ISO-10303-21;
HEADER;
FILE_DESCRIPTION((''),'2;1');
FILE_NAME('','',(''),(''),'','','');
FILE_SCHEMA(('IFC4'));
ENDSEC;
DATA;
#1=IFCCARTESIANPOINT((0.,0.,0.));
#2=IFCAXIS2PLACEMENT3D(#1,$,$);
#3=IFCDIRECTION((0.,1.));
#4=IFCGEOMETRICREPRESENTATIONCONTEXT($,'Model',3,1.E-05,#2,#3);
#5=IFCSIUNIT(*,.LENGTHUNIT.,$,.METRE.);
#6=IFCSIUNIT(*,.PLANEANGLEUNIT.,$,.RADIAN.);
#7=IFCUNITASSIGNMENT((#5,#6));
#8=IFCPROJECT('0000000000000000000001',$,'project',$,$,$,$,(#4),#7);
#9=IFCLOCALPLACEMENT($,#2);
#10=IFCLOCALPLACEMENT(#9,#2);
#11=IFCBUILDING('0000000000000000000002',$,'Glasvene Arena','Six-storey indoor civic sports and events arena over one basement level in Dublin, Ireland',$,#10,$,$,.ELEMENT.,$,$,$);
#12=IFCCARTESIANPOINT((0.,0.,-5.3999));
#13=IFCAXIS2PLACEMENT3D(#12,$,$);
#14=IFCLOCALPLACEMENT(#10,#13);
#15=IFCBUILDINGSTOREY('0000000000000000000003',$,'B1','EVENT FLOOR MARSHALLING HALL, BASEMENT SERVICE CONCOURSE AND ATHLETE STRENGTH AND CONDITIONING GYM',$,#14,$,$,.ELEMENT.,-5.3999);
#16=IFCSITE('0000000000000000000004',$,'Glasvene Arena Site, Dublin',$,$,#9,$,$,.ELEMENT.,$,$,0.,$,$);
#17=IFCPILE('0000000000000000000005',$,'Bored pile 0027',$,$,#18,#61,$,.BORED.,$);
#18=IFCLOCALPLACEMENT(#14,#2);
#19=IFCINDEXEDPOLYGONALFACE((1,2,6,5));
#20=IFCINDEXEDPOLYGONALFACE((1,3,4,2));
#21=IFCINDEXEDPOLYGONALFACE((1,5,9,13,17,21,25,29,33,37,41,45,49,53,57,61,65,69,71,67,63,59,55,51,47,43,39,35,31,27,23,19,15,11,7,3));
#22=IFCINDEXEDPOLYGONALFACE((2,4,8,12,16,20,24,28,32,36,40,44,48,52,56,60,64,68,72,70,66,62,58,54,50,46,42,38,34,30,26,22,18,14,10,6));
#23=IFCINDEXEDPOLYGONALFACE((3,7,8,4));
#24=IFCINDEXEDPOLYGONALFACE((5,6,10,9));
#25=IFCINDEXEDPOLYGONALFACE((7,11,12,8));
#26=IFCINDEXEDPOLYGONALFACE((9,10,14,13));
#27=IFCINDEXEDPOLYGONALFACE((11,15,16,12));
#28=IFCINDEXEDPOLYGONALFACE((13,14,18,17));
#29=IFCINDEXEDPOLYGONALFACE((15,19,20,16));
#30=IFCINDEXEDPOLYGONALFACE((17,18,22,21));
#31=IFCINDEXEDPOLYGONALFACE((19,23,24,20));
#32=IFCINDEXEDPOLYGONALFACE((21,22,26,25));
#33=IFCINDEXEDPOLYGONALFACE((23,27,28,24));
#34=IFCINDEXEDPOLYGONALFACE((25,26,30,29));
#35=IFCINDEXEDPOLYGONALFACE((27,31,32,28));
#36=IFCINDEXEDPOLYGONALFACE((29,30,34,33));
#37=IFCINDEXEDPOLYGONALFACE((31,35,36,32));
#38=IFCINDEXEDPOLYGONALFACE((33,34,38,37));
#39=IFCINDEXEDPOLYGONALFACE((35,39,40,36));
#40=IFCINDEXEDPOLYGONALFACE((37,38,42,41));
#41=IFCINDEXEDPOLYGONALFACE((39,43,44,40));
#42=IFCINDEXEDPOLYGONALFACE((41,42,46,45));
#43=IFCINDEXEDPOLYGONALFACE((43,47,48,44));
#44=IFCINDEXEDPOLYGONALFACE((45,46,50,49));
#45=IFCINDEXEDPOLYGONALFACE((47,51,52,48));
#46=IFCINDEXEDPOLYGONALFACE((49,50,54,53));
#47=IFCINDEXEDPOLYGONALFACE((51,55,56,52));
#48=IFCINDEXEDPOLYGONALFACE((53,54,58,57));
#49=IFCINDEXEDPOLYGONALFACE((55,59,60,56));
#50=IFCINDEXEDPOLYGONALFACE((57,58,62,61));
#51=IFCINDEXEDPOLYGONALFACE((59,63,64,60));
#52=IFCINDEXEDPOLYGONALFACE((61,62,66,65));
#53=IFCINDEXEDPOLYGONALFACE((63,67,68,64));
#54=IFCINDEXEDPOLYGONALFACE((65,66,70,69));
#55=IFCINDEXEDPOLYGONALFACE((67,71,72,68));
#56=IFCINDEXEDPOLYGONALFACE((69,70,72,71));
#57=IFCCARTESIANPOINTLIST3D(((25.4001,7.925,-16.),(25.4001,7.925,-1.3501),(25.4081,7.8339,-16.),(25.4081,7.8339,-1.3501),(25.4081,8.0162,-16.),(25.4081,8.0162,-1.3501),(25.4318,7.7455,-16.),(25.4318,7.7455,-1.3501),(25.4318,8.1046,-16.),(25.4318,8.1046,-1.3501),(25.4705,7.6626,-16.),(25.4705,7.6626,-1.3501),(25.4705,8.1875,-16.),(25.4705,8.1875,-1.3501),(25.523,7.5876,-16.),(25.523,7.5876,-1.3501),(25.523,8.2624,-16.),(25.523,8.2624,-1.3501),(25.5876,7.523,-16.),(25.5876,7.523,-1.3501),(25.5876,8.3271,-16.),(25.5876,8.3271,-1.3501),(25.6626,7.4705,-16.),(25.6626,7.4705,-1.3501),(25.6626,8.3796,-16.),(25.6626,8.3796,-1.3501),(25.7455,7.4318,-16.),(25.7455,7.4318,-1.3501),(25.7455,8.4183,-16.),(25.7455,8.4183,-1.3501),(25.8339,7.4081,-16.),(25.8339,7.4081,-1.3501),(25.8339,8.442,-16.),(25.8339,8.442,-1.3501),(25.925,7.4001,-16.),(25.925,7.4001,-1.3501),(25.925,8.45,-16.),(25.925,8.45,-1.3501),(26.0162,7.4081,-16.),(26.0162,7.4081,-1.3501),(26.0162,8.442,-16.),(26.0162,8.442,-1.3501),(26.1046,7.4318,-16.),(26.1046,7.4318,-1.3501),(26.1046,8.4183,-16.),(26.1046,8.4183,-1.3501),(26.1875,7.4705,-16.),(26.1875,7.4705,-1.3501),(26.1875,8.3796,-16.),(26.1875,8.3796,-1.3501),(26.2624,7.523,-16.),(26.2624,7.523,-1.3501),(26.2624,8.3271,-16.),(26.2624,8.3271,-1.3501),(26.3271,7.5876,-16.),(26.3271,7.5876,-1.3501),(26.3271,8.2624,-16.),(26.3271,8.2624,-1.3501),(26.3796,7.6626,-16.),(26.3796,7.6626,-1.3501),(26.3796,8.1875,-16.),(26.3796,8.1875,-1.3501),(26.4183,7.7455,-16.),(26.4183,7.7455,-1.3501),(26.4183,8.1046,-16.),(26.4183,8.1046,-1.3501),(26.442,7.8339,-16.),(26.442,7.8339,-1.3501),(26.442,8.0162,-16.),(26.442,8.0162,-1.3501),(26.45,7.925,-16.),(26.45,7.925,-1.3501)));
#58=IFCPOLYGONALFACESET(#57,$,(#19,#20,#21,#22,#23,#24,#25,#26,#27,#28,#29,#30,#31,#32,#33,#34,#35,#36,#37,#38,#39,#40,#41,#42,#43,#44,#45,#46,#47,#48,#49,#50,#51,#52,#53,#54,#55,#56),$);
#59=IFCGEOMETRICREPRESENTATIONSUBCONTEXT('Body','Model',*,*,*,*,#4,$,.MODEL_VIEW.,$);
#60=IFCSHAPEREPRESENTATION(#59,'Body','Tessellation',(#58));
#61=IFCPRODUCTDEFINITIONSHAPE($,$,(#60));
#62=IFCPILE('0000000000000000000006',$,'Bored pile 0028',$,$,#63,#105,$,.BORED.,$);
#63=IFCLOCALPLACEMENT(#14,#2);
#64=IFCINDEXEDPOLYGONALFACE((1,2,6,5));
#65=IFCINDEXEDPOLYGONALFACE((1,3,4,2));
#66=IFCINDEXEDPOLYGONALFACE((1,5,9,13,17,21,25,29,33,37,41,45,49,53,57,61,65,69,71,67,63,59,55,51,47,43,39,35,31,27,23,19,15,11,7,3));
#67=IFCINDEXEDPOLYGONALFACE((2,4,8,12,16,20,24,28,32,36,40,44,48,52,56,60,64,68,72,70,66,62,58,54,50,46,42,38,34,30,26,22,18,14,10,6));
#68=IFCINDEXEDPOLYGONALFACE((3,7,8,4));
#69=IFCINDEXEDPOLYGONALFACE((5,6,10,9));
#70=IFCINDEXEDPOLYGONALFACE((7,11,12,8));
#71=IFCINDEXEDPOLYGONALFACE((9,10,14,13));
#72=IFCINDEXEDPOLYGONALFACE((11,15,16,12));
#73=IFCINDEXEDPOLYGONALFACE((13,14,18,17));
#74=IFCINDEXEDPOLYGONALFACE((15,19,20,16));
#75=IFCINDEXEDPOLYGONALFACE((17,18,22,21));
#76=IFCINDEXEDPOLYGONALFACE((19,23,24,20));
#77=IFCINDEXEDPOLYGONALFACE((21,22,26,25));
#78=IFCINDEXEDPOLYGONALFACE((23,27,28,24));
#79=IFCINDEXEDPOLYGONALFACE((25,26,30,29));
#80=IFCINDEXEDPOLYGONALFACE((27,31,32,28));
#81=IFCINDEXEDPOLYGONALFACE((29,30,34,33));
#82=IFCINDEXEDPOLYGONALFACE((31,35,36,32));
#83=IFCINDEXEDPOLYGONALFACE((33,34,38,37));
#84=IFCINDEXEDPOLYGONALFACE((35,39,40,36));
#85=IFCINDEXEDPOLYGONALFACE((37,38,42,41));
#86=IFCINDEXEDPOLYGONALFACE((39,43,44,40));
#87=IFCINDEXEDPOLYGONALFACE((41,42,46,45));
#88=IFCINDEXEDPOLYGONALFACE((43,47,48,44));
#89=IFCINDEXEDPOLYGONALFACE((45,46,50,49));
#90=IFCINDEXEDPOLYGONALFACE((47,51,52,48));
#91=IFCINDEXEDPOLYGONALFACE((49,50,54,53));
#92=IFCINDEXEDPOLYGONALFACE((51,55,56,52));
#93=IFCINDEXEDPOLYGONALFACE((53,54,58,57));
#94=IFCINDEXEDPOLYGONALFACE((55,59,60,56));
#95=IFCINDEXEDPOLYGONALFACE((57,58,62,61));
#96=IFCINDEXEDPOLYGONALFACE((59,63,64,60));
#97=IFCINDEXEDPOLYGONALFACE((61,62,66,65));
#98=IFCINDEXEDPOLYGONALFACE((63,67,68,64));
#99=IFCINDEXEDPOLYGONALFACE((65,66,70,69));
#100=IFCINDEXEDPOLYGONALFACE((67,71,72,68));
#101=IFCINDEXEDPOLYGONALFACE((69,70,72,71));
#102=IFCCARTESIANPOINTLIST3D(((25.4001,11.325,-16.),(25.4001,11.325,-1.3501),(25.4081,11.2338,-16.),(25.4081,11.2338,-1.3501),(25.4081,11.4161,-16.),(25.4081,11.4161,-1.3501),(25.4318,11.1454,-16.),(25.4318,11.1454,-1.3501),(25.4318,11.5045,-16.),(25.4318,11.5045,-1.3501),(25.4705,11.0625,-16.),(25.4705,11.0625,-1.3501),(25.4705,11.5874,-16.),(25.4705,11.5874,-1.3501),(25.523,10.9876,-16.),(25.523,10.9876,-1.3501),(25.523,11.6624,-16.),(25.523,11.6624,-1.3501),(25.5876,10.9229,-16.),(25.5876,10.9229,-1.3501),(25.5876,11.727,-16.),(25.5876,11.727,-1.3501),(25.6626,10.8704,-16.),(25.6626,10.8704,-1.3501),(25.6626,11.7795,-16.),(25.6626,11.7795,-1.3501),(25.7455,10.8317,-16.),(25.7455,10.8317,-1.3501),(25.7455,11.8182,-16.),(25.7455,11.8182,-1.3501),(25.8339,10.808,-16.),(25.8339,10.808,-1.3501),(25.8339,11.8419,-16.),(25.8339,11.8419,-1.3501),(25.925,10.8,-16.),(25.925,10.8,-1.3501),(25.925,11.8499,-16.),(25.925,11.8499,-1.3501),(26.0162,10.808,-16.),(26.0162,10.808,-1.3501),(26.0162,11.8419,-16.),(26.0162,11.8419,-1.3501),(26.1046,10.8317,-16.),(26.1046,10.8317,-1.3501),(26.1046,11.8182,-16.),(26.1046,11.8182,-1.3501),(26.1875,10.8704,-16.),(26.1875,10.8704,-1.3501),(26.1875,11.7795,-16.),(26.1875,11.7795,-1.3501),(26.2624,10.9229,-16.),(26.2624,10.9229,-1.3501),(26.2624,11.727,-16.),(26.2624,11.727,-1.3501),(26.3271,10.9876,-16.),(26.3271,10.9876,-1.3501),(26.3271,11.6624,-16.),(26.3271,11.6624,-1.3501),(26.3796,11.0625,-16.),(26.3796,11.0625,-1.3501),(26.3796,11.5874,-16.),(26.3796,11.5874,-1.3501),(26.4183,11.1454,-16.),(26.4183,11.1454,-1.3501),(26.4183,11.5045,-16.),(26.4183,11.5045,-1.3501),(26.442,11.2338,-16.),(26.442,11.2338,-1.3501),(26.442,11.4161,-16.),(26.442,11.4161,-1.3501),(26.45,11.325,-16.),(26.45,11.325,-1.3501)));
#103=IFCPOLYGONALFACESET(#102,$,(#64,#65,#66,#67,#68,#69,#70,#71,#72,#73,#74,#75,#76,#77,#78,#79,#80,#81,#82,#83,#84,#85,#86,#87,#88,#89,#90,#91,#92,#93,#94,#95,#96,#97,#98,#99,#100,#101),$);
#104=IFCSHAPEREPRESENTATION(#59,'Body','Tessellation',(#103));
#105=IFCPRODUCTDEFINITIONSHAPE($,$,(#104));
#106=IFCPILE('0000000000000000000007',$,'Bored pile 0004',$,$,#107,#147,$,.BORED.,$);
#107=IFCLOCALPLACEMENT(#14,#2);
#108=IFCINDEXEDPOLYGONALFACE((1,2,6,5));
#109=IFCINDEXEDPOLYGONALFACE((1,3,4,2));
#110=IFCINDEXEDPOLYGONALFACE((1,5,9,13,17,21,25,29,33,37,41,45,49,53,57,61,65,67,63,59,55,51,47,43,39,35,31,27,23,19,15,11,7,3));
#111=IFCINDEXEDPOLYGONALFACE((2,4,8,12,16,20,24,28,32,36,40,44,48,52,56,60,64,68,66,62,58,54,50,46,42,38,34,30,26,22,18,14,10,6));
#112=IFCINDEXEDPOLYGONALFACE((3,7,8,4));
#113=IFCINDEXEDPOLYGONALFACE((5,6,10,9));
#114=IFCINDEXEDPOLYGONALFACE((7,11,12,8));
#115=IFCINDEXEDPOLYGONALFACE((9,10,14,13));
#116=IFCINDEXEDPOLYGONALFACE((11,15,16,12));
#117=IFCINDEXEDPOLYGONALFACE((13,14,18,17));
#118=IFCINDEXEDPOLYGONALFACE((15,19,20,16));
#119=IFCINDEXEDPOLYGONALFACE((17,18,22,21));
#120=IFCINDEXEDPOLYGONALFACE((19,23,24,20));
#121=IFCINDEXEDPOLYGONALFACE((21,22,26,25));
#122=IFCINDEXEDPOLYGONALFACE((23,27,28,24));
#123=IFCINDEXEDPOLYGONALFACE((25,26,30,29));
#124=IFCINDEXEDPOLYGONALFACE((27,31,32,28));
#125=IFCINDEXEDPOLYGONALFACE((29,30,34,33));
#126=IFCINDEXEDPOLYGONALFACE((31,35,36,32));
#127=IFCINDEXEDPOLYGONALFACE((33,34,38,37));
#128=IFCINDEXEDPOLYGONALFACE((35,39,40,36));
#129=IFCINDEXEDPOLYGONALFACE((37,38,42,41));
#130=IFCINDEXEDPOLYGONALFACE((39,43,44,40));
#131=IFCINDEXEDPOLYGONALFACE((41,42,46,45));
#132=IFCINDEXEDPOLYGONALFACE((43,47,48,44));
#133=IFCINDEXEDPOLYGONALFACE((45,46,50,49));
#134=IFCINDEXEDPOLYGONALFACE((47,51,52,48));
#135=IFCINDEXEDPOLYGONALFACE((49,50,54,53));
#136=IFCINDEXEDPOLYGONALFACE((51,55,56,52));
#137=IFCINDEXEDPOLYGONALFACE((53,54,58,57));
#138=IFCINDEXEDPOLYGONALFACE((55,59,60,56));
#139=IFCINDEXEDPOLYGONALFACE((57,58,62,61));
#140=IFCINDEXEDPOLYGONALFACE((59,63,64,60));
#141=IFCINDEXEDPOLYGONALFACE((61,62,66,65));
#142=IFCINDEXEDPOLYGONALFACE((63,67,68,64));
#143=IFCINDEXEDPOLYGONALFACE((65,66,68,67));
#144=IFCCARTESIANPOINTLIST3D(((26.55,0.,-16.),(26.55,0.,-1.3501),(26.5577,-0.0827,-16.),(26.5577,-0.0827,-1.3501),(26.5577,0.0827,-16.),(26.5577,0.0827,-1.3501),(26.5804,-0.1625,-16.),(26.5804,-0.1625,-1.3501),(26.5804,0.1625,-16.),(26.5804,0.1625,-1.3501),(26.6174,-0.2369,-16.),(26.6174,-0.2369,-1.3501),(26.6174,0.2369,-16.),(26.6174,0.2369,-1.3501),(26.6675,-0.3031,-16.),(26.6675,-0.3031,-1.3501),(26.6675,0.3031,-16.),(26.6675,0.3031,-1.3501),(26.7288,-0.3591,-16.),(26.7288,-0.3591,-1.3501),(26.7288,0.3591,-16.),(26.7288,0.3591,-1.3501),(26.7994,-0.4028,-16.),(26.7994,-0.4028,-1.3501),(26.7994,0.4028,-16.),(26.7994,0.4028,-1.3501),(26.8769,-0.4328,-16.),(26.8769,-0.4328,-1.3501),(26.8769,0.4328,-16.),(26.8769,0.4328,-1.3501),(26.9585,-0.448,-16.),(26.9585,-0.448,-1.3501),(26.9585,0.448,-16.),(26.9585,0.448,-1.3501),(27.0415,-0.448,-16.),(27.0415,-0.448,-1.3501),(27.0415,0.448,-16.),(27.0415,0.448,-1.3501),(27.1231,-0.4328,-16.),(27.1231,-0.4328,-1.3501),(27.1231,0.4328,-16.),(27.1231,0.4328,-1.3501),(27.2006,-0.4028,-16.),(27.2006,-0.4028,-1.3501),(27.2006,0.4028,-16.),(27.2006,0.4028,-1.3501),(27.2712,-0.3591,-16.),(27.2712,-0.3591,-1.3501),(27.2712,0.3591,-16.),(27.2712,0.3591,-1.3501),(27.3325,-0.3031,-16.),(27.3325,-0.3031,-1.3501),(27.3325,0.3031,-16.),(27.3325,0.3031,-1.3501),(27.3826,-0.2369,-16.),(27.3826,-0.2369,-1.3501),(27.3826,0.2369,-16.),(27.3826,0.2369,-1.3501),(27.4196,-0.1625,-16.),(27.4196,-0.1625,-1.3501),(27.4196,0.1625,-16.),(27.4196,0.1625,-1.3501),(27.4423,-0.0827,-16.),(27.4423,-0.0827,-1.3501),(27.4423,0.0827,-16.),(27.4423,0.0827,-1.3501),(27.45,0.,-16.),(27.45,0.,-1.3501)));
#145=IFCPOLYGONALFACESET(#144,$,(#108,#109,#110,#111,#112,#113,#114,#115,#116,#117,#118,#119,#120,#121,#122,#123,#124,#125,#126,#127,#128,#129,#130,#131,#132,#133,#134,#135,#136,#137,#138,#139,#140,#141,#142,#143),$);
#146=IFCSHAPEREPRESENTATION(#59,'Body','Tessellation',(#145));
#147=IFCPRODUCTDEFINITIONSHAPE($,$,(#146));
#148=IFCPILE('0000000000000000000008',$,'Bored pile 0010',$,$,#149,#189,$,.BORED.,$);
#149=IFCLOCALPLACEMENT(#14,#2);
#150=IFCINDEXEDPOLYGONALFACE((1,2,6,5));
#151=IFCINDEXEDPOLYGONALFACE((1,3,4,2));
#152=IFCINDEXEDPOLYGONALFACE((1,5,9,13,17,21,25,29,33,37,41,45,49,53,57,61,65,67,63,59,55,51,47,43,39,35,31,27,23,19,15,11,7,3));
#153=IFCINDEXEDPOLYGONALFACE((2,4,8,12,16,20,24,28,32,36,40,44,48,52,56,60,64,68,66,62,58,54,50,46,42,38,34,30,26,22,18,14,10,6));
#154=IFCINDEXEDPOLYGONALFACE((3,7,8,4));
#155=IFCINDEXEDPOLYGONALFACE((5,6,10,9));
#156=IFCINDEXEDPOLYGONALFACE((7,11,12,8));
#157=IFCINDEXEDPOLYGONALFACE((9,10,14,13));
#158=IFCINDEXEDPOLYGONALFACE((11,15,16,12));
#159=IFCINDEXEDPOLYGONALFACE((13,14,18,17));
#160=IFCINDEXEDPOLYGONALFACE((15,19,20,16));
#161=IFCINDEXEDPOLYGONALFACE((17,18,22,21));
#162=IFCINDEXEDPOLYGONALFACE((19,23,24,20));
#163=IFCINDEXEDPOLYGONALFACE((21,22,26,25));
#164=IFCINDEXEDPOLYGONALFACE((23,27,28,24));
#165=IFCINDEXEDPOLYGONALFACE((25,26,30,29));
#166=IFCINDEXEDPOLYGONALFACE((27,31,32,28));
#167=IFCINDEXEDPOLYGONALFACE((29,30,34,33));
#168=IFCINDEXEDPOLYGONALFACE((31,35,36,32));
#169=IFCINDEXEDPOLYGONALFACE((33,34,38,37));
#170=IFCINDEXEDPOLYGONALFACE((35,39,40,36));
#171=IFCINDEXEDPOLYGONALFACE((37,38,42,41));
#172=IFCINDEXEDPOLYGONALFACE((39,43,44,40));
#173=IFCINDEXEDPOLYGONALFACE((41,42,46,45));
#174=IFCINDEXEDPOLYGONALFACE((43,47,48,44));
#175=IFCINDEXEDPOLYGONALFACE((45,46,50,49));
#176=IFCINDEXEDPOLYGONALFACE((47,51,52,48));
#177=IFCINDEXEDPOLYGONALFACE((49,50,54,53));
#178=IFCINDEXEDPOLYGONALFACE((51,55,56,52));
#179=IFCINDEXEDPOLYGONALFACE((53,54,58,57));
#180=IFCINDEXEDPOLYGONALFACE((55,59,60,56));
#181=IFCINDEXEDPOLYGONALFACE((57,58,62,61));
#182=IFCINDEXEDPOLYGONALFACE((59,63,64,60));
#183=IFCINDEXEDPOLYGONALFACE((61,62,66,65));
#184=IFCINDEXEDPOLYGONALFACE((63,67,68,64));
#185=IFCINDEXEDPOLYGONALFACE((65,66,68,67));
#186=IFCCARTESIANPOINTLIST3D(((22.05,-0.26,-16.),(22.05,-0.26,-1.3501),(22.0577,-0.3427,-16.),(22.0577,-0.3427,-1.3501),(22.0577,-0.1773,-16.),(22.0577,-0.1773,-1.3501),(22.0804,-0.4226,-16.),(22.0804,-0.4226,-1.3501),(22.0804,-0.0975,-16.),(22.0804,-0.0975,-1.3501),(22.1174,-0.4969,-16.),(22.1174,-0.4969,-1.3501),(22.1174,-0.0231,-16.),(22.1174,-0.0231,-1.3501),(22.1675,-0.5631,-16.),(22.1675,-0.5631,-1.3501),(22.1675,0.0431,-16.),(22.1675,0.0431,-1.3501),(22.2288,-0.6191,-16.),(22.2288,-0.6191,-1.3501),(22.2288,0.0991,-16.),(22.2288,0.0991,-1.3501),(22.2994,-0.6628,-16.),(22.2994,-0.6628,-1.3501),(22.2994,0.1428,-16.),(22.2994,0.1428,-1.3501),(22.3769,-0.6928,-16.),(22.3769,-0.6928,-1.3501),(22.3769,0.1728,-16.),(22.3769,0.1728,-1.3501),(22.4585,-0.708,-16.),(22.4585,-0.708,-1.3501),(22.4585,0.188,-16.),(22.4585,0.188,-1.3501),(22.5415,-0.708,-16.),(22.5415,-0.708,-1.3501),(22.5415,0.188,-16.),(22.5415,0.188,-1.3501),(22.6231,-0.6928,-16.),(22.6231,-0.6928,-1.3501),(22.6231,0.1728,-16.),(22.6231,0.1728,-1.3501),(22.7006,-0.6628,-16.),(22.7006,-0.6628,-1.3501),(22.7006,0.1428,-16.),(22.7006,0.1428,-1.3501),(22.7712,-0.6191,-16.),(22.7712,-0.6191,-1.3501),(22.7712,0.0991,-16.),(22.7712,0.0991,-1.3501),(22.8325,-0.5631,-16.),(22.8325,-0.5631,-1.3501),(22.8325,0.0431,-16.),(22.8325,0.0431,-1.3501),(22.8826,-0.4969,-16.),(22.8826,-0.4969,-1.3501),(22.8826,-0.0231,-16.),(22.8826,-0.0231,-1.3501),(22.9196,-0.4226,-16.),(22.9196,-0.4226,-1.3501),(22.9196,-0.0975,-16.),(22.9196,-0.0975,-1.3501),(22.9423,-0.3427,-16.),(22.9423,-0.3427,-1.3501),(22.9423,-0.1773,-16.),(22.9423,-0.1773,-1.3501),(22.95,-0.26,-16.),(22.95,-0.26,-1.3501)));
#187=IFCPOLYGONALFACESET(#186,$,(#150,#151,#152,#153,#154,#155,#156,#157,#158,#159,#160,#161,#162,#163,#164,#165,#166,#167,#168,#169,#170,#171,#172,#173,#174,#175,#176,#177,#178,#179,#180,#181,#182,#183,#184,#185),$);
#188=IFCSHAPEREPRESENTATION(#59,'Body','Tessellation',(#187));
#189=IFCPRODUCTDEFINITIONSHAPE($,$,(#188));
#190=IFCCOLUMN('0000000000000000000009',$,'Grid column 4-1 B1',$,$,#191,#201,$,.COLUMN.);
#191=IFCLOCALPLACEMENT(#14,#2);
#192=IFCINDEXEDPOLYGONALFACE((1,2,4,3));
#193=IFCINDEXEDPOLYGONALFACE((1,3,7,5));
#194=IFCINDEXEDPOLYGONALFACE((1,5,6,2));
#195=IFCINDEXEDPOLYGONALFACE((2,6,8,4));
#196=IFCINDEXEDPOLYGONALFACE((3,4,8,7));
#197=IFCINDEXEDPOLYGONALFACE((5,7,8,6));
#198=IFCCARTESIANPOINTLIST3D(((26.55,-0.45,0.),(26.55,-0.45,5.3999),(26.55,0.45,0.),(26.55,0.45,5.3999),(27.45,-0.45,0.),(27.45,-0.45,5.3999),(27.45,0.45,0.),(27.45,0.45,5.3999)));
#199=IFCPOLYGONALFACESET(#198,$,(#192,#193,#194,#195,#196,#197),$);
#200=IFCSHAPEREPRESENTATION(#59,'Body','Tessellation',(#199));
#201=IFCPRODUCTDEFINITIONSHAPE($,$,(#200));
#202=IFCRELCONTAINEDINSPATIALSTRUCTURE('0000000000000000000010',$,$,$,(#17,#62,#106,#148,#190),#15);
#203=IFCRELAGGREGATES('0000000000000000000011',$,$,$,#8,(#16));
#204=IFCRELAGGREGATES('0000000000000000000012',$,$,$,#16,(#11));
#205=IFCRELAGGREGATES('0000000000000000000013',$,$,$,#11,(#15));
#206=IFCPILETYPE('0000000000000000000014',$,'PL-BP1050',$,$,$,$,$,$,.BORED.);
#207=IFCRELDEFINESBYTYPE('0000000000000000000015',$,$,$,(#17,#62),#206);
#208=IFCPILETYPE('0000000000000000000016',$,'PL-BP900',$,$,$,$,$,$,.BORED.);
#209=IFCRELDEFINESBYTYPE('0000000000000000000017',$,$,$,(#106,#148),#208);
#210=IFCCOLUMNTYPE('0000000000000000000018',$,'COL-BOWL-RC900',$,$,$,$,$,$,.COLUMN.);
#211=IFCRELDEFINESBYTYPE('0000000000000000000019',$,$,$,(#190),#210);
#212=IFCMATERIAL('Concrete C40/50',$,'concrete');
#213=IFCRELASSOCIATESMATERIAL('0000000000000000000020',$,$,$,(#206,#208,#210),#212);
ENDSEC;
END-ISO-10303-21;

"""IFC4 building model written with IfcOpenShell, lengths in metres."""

from ifc_helpers import new_model, si_unit, direction, frame, origin, origin_2d, place, context, subcontext, project, spatial, rectangle, circle, extrude, material, material_profile, profile_set, type_object, element, save


model = new_model("IFC4")

# Units and contexts
model_context = context("Model", 3, precision=1e-05, world=origin(), true_north=direction((0.0, 1.0)))
body_context = subcontext(model_context, "Body", "Model", "MODEL_VIEW")
ifc_project = project(units=[si_unit("LENGTHUNIT", "METRE"), si_unit("PLANEANGLEUNIT", "RADIAN")], contexts=[model_context])

# Site, building, storey
site_placement = place(None, origin())
site = spatial("IfcSite", under=ifc_project, at=site_placement, Name="Glasvene Arena Site, Dublin", CompositionType="ELEMENT", RefElevation=0.0)
building_placement = place(site_placement, origin())
building = spatial("IfcBuilding", under=site, at=building_placement, Name="Glasvene Arena", Description="Six-storey indoor civic sports and events arena over one basement level in Dublin, Ireland", CompositionType="ELEMENT")
storey_placement = place(building_placement, frame((0.0, 0.0, -5.3999)))
storey = spatial("IfcBuildingStorey", under=building, at=storey_placement, Name="B1", Description="EVENT FLOOR MARSHALLING HALL, BASEMENT SERVICE CONCOURSE AND ATHLETE STRENGTH AND CONDITIONING GYM", CompositionType="ELEMENT", Elevation=-5.3999)

# Shared definitions
ifc_material_1 = material(Name="Concrete C40/50", Category="concrete")

# Piles
ifc_material_profile_1 = material_profile(ifc_material_1, circle(Radius=0.5249, at=origin_2d()), Name="BORED PILE 1050")
ifc_profile_set_1 = profile_set([ifc_material_profile_1], Name="Concrete C40/50")
pile_type_1 = type_object("IfcPileType", Name="PL-BP1050", PredefinedType="BORED", material=ifc_profile_set_1)
for number, where, z_axis, x_axis, name in (
    (1, (25.925, 7.925, -1.3501), (0.0, 0.0, -1.0), (1.0, 0.0, 0.0), "Bored pile 0027"),
    (2, (25.925, 11.325, -1.3501), (0.0, 0.0, -1.0), (1.0, 0.0, 0.0), "Bored pile 0028"),
):
    element("IfcPile", number, at=place(storey_placement, frame(where, z_axis=z_axis, x_axis=x_axis)), inside=storey, type_object=pile_type_1, Name=name, PredefinedType="BORED", context=body_context, shape_type="SweptSolid", body=[
        extrude(circle(Radius=0.5249, at=origin_2d()), origin(), (0.0, 0.0, 1.0), 14.6499),
    ])
ifc_material_profile_2 = material_profile(ifc_material_1, circle(Radius=0.45, at=origin_2d()), Name="BORED PILE 900")
ifc_profile_set_2 = profile_set([ifc_material_profile_2], Name="Concrete C40/50")
pile_type_2 = type_object("IfcPileType", Name="PL-BP900", PredefinedType="BORED", material=ifc_profile_set_2)
for number, where, z_axis, x_axis, name in (
    (3, (27.0, 0.0, -1.3501), (0.0, 0.0, -1.0), (1.0, 0.0, 0.0), "Bored pile 0004"),
    (4, (22.5, -0.26, -1.3501), (0.0, 0.0, -1.0), (1.0, 0.0, 0.0), "Bored pile 0010"),
):
    element("IfcPile", number, at=place(storey_placement, frame(where, z_axis=z_axis, x_axis=x_axis)), inside=storey, type_object=pile_type_2, Name=name, PredefinedType="BORED", context=body_context, shape_type="SweptSolid", body=[
        extrude(circle(Radius=0.45, at=origin_2d()), origin(), (0.0, 0.0, 1.0), 14.6499),
    ])

# Column
ifc_material_profile_3 = material_profile(ifc_material_1, rectangle(XDim=0.8999, YDim=0.8999, at=origin_2d()), Name="RC 900x900")
ifc_profile_set_3 = profile_set([ifc_material_profile_3], Name="Concrete C40/50")
column_type_1 = type_object("IfcColumnType", Name="COL-BOWL-RC900", PredefinedType="COLUMN", material=ifc_profile_set_3)
column_1_placement = place(storey_placement, frame((27.0, 0.0, 0.0), z_axis=(0.0, 0.0, 1.0), x_axis=(1.0, 0.0, 0.0)))
element("IfcColumn", 5, at=column_1_placement, inside=storey, type_object=column_type_1, Name="Grid column 4-1 B1", PredefinedType="COLUMN", context=body_context, shape_type="SweptSolid", body=[
    extrude(rectangle(XDim=0.8999, YDim=0.8999, at=origin_2d()), origin(), (0.0, 0.0, 1.0), 5.3999),
])

save(model, "model.ifc")
